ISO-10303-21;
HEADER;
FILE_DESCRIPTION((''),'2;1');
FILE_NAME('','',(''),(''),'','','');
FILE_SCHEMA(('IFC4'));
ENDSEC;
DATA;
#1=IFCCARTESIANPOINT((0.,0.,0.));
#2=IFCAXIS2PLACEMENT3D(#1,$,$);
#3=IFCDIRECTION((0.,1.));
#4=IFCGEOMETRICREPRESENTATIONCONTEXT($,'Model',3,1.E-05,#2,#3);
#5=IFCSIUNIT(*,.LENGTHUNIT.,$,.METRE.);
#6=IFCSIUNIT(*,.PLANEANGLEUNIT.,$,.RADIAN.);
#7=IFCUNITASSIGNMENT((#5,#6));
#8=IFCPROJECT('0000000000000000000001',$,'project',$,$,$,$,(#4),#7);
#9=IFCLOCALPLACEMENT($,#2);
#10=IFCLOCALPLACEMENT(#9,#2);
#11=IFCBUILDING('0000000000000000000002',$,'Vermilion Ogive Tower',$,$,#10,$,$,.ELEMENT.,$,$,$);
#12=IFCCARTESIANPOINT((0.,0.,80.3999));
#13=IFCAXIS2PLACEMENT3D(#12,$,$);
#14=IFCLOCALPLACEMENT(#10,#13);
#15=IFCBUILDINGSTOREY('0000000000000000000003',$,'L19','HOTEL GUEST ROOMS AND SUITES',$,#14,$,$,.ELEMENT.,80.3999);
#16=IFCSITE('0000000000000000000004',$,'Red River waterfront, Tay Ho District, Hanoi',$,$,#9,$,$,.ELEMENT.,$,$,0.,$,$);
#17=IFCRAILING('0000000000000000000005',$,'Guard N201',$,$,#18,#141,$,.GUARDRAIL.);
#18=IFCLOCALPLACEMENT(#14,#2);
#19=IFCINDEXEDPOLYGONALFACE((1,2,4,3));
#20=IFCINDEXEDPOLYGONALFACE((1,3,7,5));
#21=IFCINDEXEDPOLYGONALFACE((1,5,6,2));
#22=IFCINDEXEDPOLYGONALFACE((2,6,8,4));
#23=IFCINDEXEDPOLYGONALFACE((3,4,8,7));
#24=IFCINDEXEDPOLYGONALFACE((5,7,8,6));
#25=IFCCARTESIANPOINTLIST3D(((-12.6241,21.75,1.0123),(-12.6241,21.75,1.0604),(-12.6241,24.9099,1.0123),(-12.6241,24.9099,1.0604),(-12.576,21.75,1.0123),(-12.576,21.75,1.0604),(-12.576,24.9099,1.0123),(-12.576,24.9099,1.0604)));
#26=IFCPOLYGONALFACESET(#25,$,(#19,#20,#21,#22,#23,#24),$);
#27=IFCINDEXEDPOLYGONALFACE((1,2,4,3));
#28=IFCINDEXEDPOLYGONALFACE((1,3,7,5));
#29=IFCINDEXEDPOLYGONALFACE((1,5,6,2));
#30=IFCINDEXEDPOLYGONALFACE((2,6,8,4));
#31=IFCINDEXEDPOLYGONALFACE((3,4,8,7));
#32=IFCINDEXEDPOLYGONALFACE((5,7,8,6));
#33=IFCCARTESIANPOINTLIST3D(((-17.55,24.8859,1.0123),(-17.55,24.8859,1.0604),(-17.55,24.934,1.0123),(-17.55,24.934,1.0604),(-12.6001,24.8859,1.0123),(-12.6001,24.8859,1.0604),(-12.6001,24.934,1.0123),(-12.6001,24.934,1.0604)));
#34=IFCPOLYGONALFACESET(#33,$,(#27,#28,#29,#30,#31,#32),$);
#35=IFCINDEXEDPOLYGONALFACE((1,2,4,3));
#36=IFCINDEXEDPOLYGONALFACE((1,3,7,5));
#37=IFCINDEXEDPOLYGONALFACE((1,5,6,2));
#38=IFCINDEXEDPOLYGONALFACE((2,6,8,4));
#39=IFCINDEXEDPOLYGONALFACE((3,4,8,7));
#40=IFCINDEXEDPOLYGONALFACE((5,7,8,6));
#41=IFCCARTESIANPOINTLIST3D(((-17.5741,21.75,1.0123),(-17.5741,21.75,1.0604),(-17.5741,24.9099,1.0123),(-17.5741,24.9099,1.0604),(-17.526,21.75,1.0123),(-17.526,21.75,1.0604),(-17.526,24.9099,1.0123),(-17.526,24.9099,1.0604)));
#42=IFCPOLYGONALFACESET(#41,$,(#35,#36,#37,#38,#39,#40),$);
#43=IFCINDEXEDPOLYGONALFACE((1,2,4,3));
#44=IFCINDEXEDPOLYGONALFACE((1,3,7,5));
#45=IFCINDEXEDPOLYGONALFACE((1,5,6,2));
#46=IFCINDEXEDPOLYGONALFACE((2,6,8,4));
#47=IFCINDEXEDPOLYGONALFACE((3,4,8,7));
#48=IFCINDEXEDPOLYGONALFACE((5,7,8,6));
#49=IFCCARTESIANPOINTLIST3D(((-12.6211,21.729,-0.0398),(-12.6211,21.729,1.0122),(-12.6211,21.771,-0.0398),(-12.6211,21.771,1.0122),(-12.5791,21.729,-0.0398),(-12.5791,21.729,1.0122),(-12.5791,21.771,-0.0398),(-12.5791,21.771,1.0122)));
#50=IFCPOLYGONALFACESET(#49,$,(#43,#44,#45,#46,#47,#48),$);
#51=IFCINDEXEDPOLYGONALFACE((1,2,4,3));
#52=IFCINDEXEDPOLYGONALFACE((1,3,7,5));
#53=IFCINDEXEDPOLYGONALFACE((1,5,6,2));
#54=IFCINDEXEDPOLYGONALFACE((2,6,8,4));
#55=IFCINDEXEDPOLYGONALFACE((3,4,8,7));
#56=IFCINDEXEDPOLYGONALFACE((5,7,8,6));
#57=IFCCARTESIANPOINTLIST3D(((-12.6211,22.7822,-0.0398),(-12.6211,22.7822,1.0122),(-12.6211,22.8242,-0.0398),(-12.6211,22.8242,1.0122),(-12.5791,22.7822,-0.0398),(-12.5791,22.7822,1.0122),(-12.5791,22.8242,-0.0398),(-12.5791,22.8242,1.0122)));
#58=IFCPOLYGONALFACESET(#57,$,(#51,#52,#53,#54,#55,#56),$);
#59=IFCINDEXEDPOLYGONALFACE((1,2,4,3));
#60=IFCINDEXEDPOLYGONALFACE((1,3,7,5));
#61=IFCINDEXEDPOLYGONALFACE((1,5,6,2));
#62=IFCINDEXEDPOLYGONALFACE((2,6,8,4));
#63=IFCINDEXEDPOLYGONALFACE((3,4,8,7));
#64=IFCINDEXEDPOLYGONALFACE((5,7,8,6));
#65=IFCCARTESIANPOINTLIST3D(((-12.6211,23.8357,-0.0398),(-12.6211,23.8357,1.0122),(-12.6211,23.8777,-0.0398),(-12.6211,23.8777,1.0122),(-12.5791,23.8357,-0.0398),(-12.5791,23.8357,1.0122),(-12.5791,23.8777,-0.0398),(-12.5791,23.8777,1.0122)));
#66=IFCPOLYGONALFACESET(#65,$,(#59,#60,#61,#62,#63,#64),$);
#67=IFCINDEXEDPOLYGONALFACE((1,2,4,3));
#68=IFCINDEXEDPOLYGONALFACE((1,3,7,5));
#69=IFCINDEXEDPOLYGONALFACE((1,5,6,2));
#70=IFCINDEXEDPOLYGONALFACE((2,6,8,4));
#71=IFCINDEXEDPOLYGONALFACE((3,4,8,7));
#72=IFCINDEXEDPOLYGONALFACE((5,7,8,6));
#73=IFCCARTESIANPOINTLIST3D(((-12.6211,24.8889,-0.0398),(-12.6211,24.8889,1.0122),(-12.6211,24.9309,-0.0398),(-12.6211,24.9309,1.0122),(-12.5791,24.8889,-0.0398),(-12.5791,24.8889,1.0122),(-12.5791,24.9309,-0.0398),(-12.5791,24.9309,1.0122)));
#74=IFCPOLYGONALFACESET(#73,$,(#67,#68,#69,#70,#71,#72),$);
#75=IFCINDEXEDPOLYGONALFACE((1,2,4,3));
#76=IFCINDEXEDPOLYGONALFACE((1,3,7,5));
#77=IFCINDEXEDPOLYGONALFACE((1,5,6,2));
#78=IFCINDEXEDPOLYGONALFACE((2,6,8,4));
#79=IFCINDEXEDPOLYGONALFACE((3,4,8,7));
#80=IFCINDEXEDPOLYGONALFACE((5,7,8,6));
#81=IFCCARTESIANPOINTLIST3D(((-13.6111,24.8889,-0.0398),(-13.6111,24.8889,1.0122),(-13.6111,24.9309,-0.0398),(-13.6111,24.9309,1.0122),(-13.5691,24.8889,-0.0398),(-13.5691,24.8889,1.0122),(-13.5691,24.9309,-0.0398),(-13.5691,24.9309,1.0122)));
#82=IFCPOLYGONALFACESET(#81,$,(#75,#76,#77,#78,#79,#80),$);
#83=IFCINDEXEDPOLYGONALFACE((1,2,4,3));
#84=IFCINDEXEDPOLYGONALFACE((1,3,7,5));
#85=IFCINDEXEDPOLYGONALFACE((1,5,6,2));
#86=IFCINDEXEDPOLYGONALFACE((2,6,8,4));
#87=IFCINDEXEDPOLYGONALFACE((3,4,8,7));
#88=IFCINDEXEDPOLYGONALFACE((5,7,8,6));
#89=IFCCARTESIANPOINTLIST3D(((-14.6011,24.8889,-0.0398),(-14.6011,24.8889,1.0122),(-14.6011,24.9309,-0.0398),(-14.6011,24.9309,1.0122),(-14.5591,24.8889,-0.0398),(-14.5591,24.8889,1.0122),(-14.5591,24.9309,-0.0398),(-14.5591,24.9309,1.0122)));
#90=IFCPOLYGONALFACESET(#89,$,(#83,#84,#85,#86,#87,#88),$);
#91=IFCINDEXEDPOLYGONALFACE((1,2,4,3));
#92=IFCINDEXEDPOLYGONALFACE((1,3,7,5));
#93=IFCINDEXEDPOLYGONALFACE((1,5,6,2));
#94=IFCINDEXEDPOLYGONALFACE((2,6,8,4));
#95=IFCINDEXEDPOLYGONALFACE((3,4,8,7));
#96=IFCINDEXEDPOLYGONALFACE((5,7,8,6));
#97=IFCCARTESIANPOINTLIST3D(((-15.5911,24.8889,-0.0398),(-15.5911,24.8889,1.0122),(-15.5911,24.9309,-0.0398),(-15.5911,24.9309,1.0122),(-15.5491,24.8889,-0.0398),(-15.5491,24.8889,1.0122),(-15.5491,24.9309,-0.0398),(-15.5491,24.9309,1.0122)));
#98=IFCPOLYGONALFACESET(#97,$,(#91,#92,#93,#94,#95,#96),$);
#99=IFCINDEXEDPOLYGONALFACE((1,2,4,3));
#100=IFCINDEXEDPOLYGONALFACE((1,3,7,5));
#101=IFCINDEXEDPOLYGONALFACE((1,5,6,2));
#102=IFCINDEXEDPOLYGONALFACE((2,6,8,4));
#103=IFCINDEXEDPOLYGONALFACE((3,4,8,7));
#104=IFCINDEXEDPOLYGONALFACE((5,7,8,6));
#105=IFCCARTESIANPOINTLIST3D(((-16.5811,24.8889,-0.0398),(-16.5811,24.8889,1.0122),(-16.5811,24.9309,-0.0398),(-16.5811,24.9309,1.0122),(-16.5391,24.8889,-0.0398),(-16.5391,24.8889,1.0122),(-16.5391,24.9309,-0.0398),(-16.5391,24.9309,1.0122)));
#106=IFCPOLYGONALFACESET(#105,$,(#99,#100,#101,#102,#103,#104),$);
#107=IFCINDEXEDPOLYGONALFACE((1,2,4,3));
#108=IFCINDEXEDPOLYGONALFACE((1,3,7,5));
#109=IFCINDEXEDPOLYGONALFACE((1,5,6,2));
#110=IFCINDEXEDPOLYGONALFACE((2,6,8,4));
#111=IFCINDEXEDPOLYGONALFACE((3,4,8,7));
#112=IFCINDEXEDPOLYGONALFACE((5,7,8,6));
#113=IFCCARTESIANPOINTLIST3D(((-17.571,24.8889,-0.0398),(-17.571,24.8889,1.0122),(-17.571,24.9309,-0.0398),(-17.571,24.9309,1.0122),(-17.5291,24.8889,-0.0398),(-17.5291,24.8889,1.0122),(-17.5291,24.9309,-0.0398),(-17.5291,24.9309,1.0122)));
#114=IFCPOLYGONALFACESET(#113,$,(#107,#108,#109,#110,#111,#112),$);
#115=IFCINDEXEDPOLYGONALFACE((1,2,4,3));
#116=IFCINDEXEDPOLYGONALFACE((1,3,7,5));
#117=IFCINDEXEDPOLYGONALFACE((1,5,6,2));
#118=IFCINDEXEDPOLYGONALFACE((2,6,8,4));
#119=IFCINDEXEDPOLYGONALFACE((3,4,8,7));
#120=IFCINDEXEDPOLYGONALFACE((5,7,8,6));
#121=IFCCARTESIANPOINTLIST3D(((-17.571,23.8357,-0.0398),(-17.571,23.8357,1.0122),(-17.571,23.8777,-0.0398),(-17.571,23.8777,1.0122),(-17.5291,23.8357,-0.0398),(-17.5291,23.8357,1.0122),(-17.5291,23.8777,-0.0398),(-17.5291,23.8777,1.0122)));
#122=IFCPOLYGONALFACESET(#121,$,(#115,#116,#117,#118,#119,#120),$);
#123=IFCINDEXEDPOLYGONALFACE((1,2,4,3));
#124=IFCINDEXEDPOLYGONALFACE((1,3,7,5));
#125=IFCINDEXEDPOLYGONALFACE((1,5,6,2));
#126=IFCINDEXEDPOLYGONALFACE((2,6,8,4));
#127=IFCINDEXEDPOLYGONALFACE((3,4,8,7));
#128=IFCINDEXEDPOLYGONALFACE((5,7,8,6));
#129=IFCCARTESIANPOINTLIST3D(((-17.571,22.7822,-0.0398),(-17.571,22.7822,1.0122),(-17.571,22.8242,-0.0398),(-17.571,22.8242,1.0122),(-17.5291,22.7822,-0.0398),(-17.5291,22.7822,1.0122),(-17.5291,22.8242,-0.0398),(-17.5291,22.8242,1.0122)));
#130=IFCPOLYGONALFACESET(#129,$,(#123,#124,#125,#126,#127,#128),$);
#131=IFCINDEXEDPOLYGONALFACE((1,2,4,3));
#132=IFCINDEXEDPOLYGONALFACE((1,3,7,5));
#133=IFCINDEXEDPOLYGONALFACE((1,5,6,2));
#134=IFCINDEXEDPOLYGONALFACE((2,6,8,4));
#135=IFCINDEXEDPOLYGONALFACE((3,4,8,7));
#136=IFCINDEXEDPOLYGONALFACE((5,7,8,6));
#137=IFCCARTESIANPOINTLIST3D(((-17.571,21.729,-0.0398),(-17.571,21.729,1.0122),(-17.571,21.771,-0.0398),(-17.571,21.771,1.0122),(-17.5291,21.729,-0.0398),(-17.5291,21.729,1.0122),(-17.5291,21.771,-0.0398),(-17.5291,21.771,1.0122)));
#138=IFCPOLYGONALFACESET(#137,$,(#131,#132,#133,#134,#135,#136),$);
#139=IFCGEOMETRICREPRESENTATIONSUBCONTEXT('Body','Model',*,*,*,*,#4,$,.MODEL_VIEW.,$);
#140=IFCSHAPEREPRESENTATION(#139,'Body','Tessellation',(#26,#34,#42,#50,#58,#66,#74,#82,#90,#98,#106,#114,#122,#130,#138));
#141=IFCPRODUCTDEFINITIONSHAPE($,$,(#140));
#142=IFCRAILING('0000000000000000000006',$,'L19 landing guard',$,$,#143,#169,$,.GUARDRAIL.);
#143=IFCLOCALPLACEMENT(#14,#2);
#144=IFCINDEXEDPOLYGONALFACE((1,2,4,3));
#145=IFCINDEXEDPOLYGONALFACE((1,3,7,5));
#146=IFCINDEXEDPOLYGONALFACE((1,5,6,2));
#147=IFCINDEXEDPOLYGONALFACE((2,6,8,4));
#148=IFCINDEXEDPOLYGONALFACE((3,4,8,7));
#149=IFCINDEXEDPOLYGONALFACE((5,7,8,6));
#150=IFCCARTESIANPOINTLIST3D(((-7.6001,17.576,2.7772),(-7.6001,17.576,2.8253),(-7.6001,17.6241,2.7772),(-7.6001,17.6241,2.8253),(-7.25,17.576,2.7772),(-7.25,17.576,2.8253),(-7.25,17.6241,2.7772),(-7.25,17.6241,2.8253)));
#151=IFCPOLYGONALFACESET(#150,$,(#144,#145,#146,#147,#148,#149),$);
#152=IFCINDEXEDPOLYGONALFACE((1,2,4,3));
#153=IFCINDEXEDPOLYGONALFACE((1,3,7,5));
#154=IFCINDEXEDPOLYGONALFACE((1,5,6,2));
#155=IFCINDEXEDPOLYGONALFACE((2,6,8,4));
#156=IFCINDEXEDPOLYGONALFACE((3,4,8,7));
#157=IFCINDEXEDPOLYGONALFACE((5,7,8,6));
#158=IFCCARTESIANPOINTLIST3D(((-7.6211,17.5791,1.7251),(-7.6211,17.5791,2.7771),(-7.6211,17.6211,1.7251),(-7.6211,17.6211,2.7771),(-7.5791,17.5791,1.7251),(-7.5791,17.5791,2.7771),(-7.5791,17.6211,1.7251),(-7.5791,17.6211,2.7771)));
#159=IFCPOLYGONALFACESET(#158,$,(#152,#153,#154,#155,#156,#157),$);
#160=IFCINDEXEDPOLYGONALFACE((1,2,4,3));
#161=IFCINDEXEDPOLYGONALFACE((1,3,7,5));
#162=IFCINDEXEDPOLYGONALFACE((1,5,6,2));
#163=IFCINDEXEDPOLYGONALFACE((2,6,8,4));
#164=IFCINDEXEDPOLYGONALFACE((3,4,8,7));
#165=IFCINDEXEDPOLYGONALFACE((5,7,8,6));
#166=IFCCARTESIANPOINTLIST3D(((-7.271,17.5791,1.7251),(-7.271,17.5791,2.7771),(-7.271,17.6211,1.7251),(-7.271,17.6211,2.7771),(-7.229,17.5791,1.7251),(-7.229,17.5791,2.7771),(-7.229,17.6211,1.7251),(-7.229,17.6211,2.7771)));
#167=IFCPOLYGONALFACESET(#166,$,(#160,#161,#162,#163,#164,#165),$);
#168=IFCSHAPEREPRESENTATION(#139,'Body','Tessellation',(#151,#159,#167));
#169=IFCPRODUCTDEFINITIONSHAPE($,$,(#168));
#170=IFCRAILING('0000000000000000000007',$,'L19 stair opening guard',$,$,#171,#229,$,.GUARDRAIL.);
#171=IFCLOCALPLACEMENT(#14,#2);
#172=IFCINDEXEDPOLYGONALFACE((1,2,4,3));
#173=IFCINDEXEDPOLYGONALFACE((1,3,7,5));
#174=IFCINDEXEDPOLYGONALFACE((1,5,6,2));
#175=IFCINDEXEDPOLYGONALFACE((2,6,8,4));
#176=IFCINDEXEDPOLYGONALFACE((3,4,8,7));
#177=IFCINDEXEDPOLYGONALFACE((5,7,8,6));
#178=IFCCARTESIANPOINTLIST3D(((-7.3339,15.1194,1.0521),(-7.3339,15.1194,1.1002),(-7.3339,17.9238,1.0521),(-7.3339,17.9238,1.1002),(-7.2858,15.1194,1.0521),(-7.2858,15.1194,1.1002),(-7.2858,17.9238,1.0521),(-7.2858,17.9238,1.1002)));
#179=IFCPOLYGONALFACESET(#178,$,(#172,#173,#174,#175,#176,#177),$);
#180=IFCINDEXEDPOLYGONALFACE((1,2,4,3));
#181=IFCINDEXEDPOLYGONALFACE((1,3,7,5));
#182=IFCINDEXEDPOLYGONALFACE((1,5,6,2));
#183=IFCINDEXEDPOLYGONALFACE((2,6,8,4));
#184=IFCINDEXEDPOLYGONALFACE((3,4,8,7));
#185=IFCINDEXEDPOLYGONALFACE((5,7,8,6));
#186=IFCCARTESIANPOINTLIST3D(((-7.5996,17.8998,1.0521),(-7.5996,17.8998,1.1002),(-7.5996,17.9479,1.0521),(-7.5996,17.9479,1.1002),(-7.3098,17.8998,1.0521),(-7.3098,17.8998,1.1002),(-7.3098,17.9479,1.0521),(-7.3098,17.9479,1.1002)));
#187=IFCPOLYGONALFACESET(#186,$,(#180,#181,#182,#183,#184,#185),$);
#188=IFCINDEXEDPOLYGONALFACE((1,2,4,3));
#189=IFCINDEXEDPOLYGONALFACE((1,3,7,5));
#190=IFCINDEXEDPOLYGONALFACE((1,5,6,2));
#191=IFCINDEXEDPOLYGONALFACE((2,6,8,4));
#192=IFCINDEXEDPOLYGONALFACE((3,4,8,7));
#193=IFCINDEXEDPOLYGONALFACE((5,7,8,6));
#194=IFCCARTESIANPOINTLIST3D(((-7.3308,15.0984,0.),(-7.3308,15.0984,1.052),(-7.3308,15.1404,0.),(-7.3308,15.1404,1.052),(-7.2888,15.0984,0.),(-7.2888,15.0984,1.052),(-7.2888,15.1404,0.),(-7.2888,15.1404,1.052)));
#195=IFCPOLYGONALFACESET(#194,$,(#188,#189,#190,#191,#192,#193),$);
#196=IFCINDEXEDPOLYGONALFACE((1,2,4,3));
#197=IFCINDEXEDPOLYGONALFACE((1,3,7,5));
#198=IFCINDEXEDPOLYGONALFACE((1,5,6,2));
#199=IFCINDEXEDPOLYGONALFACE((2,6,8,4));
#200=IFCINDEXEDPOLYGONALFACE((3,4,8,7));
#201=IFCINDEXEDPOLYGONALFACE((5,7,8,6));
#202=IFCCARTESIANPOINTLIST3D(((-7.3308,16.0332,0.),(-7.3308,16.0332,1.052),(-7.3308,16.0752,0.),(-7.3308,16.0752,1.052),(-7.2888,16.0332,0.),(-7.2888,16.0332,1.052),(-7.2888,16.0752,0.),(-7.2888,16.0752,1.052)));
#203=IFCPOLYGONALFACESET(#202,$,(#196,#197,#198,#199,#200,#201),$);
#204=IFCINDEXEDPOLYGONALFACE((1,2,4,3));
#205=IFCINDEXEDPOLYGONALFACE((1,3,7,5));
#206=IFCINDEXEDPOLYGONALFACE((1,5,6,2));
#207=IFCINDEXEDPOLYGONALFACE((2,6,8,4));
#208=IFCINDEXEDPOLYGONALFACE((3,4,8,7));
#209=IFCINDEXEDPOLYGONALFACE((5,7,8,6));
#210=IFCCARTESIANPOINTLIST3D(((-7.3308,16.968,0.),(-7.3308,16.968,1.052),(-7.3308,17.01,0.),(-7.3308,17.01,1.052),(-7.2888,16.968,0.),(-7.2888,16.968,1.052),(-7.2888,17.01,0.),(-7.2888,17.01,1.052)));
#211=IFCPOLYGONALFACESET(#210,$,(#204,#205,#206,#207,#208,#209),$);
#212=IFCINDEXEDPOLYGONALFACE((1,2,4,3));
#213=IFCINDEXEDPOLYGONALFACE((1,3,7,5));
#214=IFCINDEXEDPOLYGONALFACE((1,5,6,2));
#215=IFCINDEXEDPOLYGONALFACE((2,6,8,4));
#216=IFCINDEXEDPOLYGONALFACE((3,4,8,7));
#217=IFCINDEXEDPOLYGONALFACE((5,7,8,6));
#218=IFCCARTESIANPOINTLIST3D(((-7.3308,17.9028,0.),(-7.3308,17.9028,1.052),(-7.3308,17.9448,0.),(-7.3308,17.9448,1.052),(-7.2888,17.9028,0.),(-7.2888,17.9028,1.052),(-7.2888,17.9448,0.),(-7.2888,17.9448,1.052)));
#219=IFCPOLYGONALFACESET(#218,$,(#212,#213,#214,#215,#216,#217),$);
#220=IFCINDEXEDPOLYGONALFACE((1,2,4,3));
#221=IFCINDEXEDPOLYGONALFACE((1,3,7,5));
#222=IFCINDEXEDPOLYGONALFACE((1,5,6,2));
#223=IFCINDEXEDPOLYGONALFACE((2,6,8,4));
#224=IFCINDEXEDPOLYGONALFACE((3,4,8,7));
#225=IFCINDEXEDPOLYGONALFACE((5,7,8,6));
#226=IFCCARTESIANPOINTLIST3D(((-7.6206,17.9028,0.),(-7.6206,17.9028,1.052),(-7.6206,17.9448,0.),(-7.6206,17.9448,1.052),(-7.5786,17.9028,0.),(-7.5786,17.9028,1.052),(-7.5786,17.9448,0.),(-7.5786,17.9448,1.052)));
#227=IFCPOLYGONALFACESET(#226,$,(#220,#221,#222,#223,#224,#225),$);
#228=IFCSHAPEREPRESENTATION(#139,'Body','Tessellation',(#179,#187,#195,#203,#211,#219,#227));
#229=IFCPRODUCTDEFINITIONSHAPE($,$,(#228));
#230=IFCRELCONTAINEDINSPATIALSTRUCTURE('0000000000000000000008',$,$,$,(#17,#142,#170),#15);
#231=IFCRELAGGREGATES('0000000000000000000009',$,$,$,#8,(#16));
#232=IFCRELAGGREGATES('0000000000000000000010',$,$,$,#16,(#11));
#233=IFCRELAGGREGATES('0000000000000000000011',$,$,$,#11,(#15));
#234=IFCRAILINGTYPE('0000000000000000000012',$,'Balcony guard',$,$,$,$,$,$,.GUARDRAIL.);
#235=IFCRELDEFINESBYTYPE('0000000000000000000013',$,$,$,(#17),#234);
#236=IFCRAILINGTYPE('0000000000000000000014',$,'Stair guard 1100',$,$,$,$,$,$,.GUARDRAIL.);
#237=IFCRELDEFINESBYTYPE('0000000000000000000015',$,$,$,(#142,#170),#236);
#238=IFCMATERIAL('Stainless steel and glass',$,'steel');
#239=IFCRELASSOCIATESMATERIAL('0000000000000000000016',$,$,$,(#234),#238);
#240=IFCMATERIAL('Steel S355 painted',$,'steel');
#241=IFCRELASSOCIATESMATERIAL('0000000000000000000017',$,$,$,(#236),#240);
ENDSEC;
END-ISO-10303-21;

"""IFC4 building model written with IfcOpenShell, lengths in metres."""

from ifc_helpers import new_model, si_unit, direction, frame, origin, origin_2d, place, context, subcontext, project, spatial, rectangle, extrude, material, type_object, element, save


model = new_model("IFC4")

# Units and contexts
model_context = context("Model", 3, precision=1e-05, world=origin(), true_north=direction((0.0, 1.0)))
body_context = subcontext(model_context, "Body", "Model", "MODEL_VIEW")
ifc_project = project(units=[si_unit("LENGTHUNIT", "METRE"), si_unit("PLANEANGLEUNIT", "RADIAN")], contexts=[model_context])

# Site, building, storey
site_placement = place(None, origin())
site = spatial("IfcSite", under=ifc_project, at=site_placement, Name="Red River waterfront, Tay Ho District, Hanoi", CompositionType="ELEMENT", RefElevation=0.0)
building_placement = place(site_placement, origin())
building = spatial("IfcBuilding", under=site, at=building_placement, Name="Vermilion Ogive Tower", CompositionType="ELEMENT")
storey_placement = place(building_placement, frame((0.0, 0.0, 80.3999)))
storey = spatial("IfcBuildingStorey", under=building, at=storey_placement, Name="L19", Description="HOTEL GUEST ROOMS AND SUITES", CompositionType="ELEMENT", Elevation=80.3999)

# Railings
ifc_material_1 = material(Name="Stainless steel and glass", Category="steel")
railing_type_1 = type_object("IfcRailingType", Name="Balcony guard", PredefinedType="GUARDRAIL", material=ifc_material_1)
railing_1_placement = place(storey_placement, frame((-12.6001, 21.75, -0.0398)))
element("IfcRailing", 1, at=railing_1_placement, inside=storey, type_object=railing_type_1, Name="Guard N201", PredefinedType="GUARDRAIL", context=body_context, shape_type="SweptSolid", body=[
    extrude(rectangle(XDim=0.0481, YDim=0.0481, at=origin_2d()), frame((0.0, 0.0, 1.0762), z_axis=(0.0, 1.0, 0.0), x_axis=(-1.0, 0.0, 0.0)), (0.0, 0.0, 1.0), 3.1599),
    extrude(rectangle(XDim=0.0481, YDim=0.0481, at=origin_2d()), frame((0.0, 3.1599, 1.0762), z_axis=(-1.0, 0.0, 0.0), x_axis=(0.0, -1.0, 0.0)), (0.0, 0.0, 1.0), 4.95),
    extrude(rectangle(XDim=0.0481, YDim=0.0481, at=origin_2d()), frame((-4.95, 3.1599, 1.0762), z_axis=(0.0, -1.0, 0.0), x_axis=(1.0, 0.0, 0.0)), (0.0, 0.0, 1.0), 3.1599),
    extrude(rectangle(XDim=0.042, YDim=0.042, at=origin_2d()), origin(), (0.0, 0.0, 1.0), 1.052),
    extrude(rectangle(XDim=0.042, YDim=0.042, at=origin_2d()), frame((0.0, 1.0532, 0.0)), (0.0, 0.0, 1.0), 1.052),
    extrude(rectangle(XDim=0.042, YDim=0.042, at=origin_2d()), frame((0.0, 2.1067, 0.0)), (0.0, 0.0, 1.0), 1.052),
    extrude(rectangle(XDim=0.042, YDim=0.042, at=origin_2d()), frame((0.0, 3.1599, 0.0)), (0.0, 0.0, 1.0), 1.052),
    extrude(rectangle(XDim=0.042, YDim=0.042, at=origin_2d()), frame((-0.99, 3.1599, 0.0)), (0.0, 0.0, 1.0), 1.052),
    extrude(rectangle(XDim=0.042, YDim=0.042, at=origin_2d()), frame((-1.98, 3.1599, 0.0)), (0.0, 0.0, 1.0), 1.052),
    extrude(rectangle(XDim=0.042, YDim=0.042, at=origin_2d()), frame((-2.97, 3.1599, 0.0)), (0.0, 0.0, 1.0), 1.052),
    extrude(rectangle(XDim=0.042, YDim=0.042, at=origin_2d()), frame((-3.96, 3.1599, 0.0)), (0.0, 0.0, 1.0), 1.052),
    extrude(rectangle(XDim=0.042, YDim=0.042, at=origin_2d()), frame((-4.95, 3.1599, 0.0)), (0.0, 0.0, 1.0), 1.052),
    extrude(rectangle(XDim=0.042, YDim=0.042, at=origin_2d()), frame((-4.95, 2.1067, 0.0)), (0.0, 0.0, 1.0), 1.052),
    extrude(rectangle(XDim=0.042, YDim=0.042, at=origin_2d()), frame((-4.95, 1.0532, 0.0)), (0.0, 0.0, 1.0), 1.052),
    extrude(rectangle(XDim=0.042, YDim=0.042, at=origin_2d()), frame((-4.95, 0.0, 0.0)), (0.0, 0.0, 1.0), 1.052),
])
ifc_material_2 = material(Name="Steel S355 painted", Category="steel")
railing_type_2 = type_object("IfcRailingType", Name="Stair guard 1100", PredefinedType="GUARDRAIL", material=ifc_material_2)
railing_2_placement = place(storey_placement, frame((-7.6001, 17.6001, 1.7251)))
element("IfcRailing", 2, at=railing_2_placement, inside=storey, type_object=railing_type_2, Name="L19 landing guard", PredefinedType="GUARDRAIL", context=body_context, shape_type="SweptSolid", body=[
    extrude(rectangle(XDim=0.0481, YDim=0.0481, at=origin_2d()), frame((0.0, 0.0, 1.0762), z_axis=(1.0, 0.0, 0.0), x_axis=(0.0, 1.0, 0.0)), (0.0, 0.0, 1.0), 0.3501),
    extrude(rectangle(XDim=0.042, YDim=0.042, at=origin_2d()), origin(), (0.0, 0.0, 1.0), 1.052),
    extrude(rectangle(XDim=0.042, YDim=0.042, at=origin_2d()), frame((0.3501, 0.0, 0.0)), (0.0, 0.0, 1.0), 1.052),
])
railing_3_placement = place(storey_placement, frame((-7.3098, 15.1194, 0.0)))
element("IfcRailing", 3, at=railing_3_placement, inside=storey, type_object=railing_type_2, Name="L19 stair opening guard", PredefinedType="GUARDRAIL", context=body_context, shape_type="SweptSolid", body=[
    extrude(rectangle(XDim=0.0481, YDim=0.0481, at=origin_2d()), frame((0.0, 0.0, 1.0762), z_axis=(0.0, 1.0, 0.0), x_axis=(-1.0, 0.0, 0.0)), (0.0, 0.0, 1.0), 2.8044),
    extrude(rectangle(XDim=0.0481, YDim=0.0481, at=origin_2d()), frame((0.0, 2.8044, 1.0762), z_axis=(-1.0, 0.0, 0.0), x_axis=(0.0, -1.0, 0.0)), (0.0, 0.0, 1.0), 0.2898),
    extrude(rectangle(XDim=0.042, YDim=0.042, at=origin_2d()), origin(), (0.0, 0.0, 1.0), 1.052),
    extrude(rectangle(XDim=0.042, YDim=0.042, at=origin_2d()), frame((0.0, 0.9348, 0.0)), (0.0, 0.0, 1.0), 1.052),
    extrude(rectangle(XDim=0.042, YDim=0.042, at=origin_2d()), frame((0.0, 1.8696, 0.0)), (0.0, 0.0, 1.0), 1.052),
    extrude(rectangle(XDim=0.042, YDim=0.042, at=origin_2d()), frame((0.0, 2.8044, 0.0)), (0.0, 0.0, 1.0), 1.052),
    extrude(rectangle(XDim=0.042, YDim=0.042, at=origin_2d()), frame((-0.2898, 2.8044, 0.0)), (0.0, 0.0, 1.0), 1.052),
])

save(model, "model.ifc")
